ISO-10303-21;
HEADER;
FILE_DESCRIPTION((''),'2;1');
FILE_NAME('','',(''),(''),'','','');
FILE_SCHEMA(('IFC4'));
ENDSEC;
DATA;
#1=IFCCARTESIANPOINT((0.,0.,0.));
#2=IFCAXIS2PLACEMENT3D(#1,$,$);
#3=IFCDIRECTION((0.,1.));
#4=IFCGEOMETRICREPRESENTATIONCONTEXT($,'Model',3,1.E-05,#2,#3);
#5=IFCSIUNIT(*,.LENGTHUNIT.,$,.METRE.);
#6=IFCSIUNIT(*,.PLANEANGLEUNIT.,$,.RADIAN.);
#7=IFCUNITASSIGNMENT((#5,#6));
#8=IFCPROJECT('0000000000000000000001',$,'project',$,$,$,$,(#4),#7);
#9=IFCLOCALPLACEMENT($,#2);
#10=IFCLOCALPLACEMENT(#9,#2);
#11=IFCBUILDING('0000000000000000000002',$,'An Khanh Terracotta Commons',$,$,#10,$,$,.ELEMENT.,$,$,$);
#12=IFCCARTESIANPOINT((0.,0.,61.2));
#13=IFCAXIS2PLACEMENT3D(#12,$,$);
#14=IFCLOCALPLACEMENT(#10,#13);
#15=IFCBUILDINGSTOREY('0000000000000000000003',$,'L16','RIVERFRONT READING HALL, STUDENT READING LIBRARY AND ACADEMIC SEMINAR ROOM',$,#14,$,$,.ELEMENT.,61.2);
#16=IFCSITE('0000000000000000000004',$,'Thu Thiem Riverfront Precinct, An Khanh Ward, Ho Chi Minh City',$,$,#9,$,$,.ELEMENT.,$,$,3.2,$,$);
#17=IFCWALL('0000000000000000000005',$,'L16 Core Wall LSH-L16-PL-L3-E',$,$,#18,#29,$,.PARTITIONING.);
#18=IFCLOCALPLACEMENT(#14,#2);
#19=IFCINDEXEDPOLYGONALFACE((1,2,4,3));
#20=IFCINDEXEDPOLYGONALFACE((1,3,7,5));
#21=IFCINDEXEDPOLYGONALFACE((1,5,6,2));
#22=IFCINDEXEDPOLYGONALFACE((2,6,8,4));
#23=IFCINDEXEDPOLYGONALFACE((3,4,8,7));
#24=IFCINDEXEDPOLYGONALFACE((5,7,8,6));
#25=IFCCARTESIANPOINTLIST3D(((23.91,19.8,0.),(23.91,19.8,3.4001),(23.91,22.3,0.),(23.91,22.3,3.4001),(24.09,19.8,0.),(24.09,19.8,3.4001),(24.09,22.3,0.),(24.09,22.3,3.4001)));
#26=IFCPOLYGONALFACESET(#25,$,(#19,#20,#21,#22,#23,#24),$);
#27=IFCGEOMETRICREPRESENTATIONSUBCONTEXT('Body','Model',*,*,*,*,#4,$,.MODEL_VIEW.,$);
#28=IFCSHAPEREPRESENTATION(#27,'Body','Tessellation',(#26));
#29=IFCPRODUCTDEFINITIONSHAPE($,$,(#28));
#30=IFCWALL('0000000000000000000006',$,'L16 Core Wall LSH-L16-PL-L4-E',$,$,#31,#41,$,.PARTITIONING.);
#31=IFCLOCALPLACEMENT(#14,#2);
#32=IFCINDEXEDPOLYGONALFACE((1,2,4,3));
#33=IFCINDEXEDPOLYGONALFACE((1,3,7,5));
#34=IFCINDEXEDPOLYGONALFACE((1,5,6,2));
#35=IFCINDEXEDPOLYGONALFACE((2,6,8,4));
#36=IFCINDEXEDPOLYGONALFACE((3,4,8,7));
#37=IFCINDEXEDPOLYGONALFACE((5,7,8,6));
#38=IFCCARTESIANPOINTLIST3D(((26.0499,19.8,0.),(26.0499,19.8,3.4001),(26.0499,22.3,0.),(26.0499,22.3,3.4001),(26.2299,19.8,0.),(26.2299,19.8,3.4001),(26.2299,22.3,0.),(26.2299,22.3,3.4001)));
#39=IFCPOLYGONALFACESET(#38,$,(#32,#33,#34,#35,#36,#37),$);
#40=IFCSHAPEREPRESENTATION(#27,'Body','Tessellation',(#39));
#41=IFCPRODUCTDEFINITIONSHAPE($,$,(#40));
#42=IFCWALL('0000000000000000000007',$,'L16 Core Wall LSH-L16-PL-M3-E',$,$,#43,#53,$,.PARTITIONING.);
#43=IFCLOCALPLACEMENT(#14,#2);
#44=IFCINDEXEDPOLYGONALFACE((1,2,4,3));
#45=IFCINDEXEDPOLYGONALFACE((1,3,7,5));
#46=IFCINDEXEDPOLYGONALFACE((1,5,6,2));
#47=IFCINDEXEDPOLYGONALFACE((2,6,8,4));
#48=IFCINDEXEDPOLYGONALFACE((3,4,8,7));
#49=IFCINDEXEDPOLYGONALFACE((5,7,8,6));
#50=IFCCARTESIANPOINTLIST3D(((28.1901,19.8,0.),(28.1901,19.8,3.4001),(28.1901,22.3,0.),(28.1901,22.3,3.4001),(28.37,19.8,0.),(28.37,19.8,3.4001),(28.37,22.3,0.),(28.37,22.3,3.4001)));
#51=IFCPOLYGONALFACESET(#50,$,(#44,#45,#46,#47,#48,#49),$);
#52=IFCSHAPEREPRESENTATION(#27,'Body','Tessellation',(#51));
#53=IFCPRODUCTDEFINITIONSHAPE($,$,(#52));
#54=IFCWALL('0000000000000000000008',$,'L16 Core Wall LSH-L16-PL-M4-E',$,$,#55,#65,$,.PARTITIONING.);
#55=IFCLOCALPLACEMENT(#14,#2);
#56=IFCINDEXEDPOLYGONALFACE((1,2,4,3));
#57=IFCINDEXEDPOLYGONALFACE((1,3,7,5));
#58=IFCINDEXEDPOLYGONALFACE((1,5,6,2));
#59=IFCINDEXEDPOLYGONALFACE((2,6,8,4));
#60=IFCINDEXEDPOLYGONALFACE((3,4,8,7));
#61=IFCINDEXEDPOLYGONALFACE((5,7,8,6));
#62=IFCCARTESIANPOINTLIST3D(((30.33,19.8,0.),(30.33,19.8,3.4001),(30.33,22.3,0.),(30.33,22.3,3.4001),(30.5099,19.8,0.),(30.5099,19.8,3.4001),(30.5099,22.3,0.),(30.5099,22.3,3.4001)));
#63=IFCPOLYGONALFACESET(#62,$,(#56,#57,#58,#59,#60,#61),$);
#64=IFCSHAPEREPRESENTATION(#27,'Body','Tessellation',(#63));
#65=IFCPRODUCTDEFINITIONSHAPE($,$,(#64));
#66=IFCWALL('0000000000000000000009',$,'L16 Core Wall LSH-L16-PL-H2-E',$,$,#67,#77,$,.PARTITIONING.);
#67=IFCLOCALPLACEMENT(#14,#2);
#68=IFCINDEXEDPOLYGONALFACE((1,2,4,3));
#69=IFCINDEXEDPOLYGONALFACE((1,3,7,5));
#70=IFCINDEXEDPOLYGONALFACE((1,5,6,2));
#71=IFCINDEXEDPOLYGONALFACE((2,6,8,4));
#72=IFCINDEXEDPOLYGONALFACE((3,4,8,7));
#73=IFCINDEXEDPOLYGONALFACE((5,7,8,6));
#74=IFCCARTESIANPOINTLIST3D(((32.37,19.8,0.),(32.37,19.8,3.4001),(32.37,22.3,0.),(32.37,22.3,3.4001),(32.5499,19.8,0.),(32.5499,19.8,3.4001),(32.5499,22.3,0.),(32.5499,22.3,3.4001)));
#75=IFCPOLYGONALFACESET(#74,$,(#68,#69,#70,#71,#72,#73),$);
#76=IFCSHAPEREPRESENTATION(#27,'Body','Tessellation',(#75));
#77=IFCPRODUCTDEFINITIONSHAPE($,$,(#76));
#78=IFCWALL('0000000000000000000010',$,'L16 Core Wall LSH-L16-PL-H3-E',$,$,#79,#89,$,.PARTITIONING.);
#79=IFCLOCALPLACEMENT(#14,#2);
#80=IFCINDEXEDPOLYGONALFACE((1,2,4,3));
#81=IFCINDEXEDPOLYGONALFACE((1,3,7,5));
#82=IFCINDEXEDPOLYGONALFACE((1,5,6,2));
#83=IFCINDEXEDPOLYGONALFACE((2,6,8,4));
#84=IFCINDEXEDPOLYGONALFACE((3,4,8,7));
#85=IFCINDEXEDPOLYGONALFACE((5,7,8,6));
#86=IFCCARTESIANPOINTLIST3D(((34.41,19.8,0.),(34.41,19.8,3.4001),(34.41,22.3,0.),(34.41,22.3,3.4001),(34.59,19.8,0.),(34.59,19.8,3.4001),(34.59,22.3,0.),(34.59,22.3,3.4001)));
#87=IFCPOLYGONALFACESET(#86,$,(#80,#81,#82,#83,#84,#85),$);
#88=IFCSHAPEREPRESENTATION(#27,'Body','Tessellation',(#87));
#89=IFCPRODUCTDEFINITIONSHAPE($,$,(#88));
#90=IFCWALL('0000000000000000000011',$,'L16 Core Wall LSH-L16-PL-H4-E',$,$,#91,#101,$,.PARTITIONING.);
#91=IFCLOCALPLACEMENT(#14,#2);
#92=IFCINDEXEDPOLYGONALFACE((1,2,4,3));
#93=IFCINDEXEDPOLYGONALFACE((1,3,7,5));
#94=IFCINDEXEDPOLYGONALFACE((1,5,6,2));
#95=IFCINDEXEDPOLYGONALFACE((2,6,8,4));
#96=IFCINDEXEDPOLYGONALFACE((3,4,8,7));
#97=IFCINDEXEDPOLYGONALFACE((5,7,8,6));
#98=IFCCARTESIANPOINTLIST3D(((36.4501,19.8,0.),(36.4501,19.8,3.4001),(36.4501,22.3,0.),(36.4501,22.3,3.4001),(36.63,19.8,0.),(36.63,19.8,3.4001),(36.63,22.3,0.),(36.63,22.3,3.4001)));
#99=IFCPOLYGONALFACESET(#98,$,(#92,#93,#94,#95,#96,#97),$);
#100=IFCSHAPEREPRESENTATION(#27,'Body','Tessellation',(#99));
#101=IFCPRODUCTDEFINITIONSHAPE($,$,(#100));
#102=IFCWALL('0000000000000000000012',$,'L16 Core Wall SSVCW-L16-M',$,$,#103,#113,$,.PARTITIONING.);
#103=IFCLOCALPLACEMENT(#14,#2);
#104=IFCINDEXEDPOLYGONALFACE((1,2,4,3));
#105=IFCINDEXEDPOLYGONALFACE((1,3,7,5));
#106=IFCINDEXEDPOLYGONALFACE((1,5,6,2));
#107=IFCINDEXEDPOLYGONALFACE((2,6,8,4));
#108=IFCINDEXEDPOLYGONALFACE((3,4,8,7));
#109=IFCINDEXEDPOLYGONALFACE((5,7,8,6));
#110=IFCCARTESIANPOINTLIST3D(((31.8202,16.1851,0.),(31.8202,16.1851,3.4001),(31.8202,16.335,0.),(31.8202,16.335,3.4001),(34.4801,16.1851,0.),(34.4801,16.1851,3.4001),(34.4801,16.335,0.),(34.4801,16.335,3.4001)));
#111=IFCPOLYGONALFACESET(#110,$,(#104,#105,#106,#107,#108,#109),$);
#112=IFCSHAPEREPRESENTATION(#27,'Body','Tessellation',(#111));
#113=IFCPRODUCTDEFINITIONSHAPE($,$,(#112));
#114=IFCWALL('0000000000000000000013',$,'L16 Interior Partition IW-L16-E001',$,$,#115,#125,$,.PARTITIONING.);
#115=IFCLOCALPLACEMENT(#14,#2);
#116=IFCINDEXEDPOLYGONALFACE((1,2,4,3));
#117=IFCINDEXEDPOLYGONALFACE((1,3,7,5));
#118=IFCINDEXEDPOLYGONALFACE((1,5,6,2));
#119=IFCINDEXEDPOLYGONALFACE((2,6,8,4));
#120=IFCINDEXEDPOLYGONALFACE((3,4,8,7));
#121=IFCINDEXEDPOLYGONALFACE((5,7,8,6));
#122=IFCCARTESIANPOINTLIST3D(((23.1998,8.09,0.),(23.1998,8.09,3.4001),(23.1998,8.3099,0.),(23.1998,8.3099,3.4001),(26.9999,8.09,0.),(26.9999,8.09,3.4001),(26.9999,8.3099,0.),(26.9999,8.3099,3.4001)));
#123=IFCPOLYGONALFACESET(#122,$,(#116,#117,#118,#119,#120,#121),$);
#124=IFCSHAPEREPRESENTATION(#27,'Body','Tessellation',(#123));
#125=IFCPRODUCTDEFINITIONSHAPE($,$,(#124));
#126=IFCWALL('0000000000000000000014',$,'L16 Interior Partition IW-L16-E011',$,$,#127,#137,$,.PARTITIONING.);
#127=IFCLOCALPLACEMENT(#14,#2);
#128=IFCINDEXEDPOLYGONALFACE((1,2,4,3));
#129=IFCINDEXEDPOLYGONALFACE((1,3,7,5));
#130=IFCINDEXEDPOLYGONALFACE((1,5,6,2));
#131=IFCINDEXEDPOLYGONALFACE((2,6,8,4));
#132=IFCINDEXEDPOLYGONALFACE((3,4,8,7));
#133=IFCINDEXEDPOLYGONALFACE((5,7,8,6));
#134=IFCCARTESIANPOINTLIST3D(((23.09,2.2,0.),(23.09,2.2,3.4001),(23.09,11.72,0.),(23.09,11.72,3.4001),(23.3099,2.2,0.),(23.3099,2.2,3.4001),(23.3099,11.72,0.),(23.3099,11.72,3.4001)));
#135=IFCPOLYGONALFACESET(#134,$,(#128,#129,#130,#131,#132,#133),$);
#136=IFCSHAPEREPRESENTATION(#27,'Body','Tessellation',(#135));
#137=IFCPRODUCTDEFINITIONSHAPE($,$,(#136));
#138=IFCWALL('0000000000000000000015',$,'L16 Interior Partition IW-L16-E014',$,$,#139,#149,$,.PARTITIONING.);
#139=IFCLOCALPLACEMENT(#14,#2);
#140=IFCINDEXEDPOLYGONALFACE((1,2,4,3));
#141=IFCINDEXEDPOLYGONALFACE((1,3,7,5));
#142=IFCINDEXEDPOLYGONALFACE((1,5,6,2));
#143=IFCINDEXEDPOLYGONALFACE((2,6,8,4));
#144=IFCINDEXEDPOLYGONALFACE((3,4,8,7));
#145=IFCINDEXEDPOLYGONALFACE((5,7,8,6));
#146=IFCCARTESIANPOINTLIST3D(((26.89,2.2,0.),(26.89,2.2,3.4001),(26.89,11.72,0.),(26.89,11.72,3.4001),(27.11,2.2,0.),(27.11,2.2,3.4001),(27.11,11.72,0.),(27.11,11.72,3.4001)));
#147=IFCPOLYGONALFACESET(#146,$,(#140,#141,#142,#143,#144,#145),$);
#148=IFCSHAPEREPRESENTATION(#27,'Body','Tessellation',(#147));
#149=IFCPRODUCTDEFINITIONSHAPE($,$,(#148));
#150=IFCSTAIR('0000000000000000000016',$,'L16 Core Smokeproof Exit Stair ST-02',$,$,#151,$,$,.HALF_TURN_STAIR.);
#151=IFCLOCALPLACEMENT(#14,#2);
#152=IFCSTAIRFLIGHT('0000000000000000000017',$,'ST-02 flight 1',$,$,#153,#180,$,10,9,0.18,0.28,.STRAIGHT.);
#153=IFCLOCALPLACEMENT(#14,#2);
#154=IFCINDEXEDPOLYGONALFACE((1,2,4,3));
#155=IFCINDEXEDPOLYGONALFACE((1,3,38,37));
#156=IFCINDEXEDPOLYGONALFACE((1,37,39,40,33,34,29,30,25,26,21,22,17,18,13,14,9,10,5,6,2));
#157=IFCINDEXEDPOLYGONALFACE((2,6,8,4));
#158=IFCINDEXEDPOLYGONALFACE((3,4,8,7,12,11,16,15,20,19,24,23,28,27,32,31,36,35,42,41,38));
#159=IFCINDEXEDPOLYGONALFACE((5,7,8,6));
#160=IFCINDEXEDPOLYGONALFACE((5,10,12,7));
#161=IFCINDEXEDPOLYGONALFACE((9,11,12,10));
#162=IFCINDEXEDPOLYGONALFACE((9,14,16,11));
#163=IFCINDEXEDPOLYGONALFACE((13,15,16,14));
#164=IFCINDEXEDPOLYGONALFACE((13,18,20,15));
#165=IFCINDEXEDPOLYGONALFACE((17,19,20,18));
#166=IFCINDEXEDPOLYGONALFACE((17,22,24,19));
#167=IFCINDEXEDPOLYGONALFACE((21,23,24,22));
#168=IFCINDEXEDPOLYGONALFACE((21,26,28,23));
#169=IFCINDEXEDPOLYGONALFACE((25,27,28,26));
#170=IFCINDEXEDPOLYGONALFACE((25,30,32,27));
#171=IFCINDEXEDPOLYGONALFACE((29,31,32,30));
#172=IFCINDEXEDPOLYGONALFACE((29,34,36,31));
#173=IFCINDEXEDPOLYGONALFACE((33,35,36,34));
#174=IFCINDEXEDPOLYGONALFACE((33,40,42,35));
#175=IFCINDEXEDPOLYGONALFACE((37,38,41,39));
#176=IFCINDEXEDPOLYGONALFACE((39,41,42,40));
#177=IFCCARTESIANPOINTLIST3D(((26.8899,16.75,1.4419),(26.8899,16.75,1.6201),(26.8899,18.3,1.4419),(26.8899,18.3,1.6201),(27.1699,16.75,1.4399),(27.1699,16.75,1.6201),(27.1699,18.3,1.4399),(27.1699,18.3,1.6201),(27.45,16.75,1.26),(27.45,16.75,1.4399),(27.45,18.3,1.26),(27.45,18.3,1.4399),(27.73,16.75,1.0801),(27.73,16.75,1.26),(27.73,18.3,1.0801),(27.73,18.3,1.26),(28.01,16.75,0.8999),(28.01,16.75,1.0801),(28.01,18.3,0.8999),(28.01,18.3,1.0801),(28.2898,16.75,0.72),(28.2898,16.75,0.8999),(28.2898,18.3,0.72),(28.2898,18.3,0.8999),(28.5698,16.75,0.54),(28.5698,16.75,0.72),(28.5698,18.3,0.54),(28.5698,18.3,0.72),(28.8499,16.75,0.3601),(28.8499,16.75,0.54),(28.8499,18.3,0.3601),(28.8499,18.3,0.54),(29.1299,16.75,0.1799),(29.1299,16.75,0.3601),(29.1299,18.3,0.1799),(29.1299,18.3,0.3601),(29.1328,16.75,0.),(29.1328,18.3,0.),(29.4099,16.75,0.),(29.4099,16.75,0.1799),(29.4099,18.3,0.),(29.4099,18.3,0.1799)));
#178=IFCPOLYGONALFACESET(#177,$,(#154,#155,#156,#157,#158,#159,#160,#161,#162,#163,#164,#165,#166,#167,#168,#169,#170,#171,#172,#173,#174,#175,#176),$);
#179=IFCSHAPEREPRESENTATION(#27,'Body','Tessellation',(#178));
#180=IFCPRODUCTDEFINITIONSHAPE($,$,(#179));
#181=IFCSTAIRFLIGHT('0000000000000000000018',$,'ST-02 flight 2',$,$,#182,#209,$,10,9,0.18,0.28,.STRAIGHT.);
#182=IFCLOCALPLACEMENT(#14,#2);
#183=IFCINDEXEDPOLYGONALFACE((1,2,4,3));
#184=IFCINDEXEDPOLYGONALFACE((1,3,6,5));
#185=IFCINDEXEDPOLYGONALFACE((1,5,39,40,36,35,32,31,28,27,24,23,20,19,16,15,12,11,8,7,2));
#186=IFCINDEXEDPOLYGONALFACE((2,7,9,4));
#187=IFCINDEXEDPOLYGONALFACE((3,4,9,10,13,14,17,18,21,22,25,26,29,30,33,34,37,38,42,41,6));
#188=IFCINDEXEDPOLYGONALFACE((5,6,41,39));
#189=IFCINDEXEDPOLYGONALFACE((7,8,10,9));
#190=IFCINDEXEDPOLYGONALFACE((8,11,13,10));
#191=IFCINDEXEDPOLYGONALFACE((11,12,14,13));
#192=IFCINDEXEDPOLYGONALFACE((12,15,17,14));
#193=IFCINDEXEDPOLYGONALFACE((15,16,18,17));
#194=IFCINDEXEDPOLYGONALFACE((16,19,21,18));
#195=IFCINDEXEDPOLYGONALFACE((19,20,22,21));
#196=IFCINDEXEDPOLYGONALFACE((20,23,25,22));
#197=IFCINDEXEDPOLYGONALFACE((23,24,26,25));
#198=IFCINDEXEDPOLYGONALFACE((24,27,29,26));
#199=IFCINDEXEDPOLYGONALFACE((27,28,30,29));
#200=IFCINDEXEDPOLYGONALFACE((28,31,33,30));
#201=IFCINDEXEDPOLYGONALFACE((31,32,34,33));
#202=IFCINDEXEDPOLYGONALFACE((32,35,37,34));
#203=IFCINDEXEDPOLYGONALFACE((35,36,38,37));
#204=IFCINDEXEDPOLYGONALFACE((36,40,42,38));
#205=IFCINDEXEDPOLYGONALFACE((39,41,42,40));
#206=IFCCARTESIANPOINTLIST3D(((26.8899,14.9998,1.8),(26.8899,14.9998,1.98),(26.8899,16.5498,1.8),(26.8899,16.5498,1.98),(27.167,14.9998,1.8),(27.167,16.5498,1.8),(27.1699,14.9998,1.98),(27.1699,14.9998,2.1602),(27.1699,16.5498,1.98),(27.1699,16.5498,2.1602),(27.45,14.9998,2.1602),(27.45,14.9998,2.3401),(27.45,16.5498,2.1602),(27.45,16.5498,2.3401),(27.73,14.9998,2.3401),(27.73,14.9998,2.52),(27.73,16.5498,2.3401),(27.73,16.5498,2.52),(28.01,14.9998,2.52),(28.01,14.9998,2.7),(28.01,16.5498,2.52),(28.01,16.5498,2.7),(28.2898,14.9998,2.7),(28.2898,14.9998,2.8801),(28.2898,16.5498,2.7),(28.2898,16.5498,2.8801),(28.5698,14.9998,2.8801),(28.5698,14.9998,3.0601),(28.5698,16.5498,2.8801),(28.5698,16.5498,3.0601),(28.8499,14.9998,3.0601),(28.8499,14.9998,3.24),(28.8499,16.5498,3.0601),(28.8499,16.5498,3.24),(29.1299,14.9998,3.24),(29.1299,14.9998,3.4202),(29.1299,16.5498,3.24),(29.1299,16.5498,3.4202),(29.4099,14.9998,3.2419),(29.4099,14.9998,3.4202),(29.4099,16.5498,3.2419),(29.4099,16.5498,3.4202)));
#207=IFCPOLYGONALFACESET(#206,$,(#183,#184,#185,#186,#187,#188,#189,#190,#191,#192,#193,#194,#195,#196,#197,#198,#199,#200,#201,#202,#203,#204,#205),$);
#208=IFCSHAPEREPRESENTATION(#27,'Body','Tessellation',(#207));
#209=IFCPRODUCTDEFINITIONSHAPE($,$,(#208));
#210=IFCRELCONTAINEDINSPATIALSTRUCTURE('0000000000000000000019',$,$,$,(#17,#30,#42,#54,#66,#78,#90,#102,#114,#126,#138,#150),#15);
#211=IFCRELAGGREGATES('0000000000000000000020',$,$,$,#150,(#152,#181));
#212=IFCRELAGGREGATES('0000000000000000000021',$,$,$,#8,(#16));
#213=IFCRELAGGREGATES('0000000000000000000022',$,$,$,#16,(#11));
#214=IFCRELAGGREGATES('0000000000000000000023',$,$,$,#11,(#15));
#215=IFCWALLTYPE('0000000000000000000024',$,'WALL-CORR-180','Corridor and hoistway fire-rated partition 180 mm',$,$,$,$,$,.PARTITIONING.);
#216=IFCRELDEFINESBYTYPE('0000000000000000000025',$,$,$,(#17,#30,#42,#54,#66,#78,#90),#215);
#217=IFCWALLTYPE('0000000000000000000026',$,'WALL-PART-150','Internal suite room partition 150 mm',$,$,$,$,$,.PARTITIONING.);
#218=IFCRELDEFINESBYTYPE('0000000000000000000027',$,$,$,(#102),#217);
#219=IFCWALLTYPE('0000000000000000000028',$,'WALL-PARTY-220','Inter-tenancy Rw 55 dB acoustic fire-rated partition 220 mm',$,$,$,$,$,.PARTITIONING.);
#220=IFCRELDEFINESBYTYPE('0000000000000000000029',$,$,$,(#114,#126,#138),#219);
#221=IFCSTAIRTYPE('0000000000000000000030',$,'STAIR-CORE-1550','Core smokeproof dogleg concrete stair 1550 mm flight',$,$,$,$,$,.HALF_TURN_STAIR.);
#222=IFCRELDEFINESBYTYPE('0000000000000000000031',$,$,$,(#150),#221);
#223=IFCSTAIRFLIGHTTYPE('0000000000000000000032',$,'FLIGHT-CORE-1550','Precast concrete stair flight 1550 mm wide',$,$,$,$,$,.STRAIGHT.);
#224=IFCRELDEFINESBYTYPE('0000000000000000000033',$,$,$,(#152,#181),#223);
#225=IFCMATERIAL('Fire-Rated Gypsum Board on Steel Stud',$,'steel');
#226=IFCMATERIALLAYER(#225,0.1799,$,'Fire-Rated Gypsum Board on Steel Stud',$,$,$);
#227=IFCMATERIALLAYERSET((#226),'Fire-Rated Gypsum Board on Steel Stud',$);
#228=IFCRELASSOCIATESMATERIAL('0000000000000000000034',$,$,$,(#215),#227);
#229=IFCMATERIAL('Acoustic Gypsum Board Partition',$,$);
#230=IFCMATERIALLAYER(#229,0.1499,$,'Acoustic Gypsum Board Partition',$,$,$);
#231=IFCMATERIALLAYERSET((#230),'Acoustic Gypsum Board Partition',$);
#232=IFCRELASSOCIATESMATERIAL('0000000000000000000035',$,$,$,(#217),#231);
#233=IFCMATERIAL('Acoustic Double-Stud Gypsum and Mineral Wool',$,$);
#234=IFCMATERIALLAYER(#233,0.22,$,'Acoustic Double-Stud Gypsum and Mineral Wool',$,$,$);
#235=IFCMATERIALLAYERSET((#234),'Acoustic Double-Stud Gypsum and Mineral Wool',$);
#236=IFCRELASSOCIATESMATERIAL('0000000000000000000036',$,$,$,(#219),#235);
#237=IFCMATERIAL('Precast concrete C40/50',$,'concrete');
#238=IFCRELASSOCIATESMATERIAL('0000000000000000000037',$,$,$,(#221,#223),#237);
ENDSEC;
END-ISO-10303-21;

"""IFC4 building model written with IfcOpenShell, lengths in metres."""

from ifc_helpers import new_model, si_unit, direction, frame, frame_2d, origin, place, context, subcontext, project, spatial, polyline, rectangle, outline, extrude, material, layer, layer_set, type_object, element, aggregate, save


model = new_model("IFC4")

# Units and contexts
model_context = context("Model", 3, precision=1e-05, world=origin(), true_north=direction((0.0, 1.0)))
body_context = subcontext(model_context, "Body", "Model", "MODEL_VIEW")
ifc_project = project(units=[si_unit("LENGTHUNIT", "METRE"), si_unit("PLANEANGLEUNIT", "RADIAN")], contexts=[model_context])

# Site, building, storey
site_placement = place(None, origin())
site = spatial("IfcSite", under=ifc_project, at=site_placement, Name="Thu Thiem Riverfront Precinct, An Khanh Ward, Ho Chi Minh City", CompositionType="ELEMENT", RefElevation=3.2)
building_placement = place(site_placement, origin())
building = spatial("IfcBuilding", under=site, at=building_placement, Name="An Khanh Terracotta Commons", CompositionType="ELEMENT")
storey_placement = place(building_placement, frame((0.0, 0.0, 61.2)))
storey = spatial("IfcBuildingStorey", under=building, at=storey_placement, Name="L16", Description="RIVERFRONT READING HALL, STUDENT READING LIBRARY AND ACADEMIC SEMINAR ROOM", CompositionType="ELEMENT", Elevation=61.2)

# Shared definitions
ifc_material_1 = material(Name="Fire-Rated Gypsum Board on Steel Stud", Category="steel")
ifc_layer_1 = layer(ifc_material_1, 0.1799, Name="Fire-Rated Gypsum Board on Steel Stud")
ifc_layer_set_1 = layer_set([ifc_layer_1], Name="Fire-Rated Gypsum Board on Steel Stud")
wall_type_1 = type_object("IfcWallType", Name="WALL-CORR-180", Description="Corridor and hoistway fire-rated partition 180 mm", PredefinedType="PARTITIONING", material=ifc_layer_set_1)

# Walls
for number, where, z_axis, x_axis, name in (
    (1, (24.0, 19.8, 0.0), (0.0, 0.0, 1.0), (0.0, 1.0, 0.0), "L16 Core Wall LSH-L16-PL-L3-E"),
    (2, (26.1399, 19.8, 0.0), (0.0, 0.0, 1.0), (0.0, 1.0, 0.0), "L16 Core Wall LSH-L16-PL-L4-E"),
    (3, (28.28, 19.8, 0.0), (0.0, 0.0, 1.0), (0.0, 1.0, 0.0), "L16 Core Wall LSH-L16-PL-M3-E"),
    (4, (30.4199, 19.8, 0.0), (0.0, 0.0, 1.0), (0.0, 1.0, 0.0), "L16 Core Wall LSH-L16-PL-M4-E"),
    (5, (32.46, 19.8, 0.0), (0.0, 0.0, 1.0), (0.0, 1.0, 0.0), "L16 Core Wall LSH-L16-PL-H2-E"),
    (6, (34.5, 19.8, 0.0), (0.0, 0.0, 1.0), (0.0, 1.0, 0.0), "L16 Core Wall LSH-L16-PL-H3-E"),
    (7, (36.54, 19.8, 0.0), (0.0, 0.0, 1.0), (0.0, 1.0, 0.0), "L16 Core Wall LSH-L16-PL-H4-E"),
):
    element("IfcWall", number, at=place(storey_placement, frame(where, z_axis=z_axis, x_axis=x_axis)), inside=storey, type_object=wall_type_1, Name=name, PredefinedType="PARTITIONING", context=body_context, shape_type="SweptSolid", body=[
        extrude(rectangle(XDim=2.5, YDim=0.1799, at=frame_2d((1.25, 0.0))), origin(), (0.0, 0.0, 1.0), 3.4001),
    ])
ifc_material_2 = material(Name="Acoustic Gypsum Board Partition")
ifc_layer_2 = layer(ifc_material_2, 0.1499, Name="Acoustic Gypsum Board Partition")
ifc_layer_set_2 = layer_set([ifc_layer_2], Name="Acoustic Gypsum Board Partition")
wall_type_2 = type_object("IfcWallType", Name="WALL-PART-150", Description="Internal suite room partition 150 mm", PredefinedType="PARTITIONING", material=ifc_layer_set_2)
wall_1_placement = place(storey_placement, frame((31.8201, 16.26, 0.0), z_axis=(0.0, 0.0, 1.0), x_axis=(1.0, 0.0, 0.0)))
element("IfcWall", 8, at=wall_1_placement, inside=storey, type_object=wall_type_2, Name="L16 Core Wall SSVCW-L16-M", PredefinedType="PARTITIONING", context=body_context, shape_type="SweptSolid", body=[
    extrude(rectangle(XDim=2.6599, YDim=0.1499, at=frame_2d((1.3301, 0.0))), origin(), (0.0, 0.0, 1.0), 3.4001),
])
ifc_material_3 = material(Name="Acoustic Double-Stud Gypsum and Mineral Wool")
ifc_layer_3 = layer(ifc_material_3, 0.22, Name="Acoustic Double-Stud Gypsum and Mineral Wool")
ifc_layer_set_3 = layer_set([ifc_layer_3], Name="Acoustic Double-Stud Gypsum and Mineral Wool")
wall_type_3 = type_object("IfcWallType", Name="WALL-PARTY-220", Description="Inter-tenancy Rw 55 dB acoustic fire-rated partition 220 mm", PredefinedType="PARTITIONING", material=ifc_layer_set_3)
wall_2_placement = place(storey_placement, frame((23.2, 8.2, 0.0), z_axis=(0.0, 0.0, 1.0), x_axis=(1.0, 0.0, 0.0)))
element("IfcWall", 9, at=wall_2_placement, inside=storey, type_object=wall_type_3, Name="L16 Interior Partition IW-L16-E001", PredefinedType="PARTITIONING", context=body_context, shape_type="SweptSolid", body=[
    extrude(rectangle(XDim=3.8, YDim=0.22, at=frame_2d((1.8999, 0.0))), origin(), (0.0, 0.0, 1.0), 3.4001),
])
for number, where, z_axis, x_axis, name in (
    (10, (23.2, 2.2, 0.0), (0.0, 0.0, 1.0), (0.0, 1.0, 0.0), "L16 Interior Partition IW-L16-E011"),
    (11, (27.0, 2.2, 0.0), (0.0, 0.0, 1.0), (0.0, 1.0, 0.0), "L16 Interior Partition IW-L16-E014"),
):
    element("IfcWall", number, at=place(storey_placement, frame(where, z_axis=z_axis, x_axis=x_axis)), inside=storey, type_object=wall_type_3, Name=name, PredefinedType="PARTITIONING", context=body_context, shape_type="SweptSolid", body=[
        extrude(rectangle(XDim=9.52, YDim=0.22, at=frame_2d((4.76, 0.0))), origin(), (0.0, 0.0, 1.0), 3.4001),
    ])

# Stair, stair flights
ifc_material_4 = material(Name="Precast concrete C40/50", Category="concrete")
stair_type = type_object("IfcStairType", Name="STAIR-CORE-1550", Description="Core smokeproof dogleg concrete stair 1550 mm flight", PredefinedType="HALF_TURN_STAIR", material=ifc_material_4)
stair_placement = place(storey_placement, origin())
stair = element("IfcStair", 12, at=stair_placement, inside=storey, type_object=stair_type, Name="L16 Core Smokeproof Exit Stair ST-02", PredefinedType="HALF_TURN_STAIR")
stair_flight_type = type_object("IfcStairFlightType", Name="FLIGHT-CORE-1550", Description="Precast concrete stair flight 1550 mm wide", PredefinedType="STRAIGHT", material=ifc_material_4)
stair_flight_1_placement = place(storey_placement, frame((29.4099, 17.5249, 0.0), z_axis=(0.0, 0.0, 1.0), x_axis=(-1.0, 0.0, 0.0)))
stair_flight_1 = element("IfcStairFlight", 13, at=stair_flight_1_placement, type_object=stair_flight_type, Name="ST-02 flight 1", NumberOfRisers=10, NumberOfTreads=9, PredefinedType="STRAIGHT", RiserHeight=0.18, TreadLength=0.28, context=body_context, shape_type="SweptSolid", body=[
    extrude(outline(polyline([(0.0, 0.0), (0.0, 0.1799), (0.28, 0.1799), (0.28, 0.3601), (0.5601, 0.3601), (0.5601, 0.54), (0.8401, 0.54), (0.8401, 0.72), (1.1201, 0.72), (1.1201, 0.8999), (1.3999, 0.8999), (1.3999, 1.0801), (1.6799, 1.0801), (1.6799, 1.26), (1.96, 1.26), (1.96, 1.4399), (2.24, 1.4399), (2.24, 1.6201), (2.52, 1.6201), (2.52, 1.8), (2.52, 1.4419), (0.2771, 0.0), (0.0, 0.0)])), frame((0.0, 0.7749, 0.0), z_axis=(0.0, -1.0, 0.0), x_axis=(1.0, 0.0, 0.0)), (0.0, 0.0, 1.0), 1.55),
])
stair_flight_2_placement = place(storey_placement, frame((26.8899, 15.7749, 1.8), z_axis=(0.0, 0.0, 1.0), x_axis=(1.0, 0.0, 0.0)))
stair_flight_2 = element("IfcStairFlight", 14, at=stair_flight_2_placement, type_object=stair_flight_type, Name="ST-02 flight 2", NumberOfRisers=10, NumberOfTreads=9, PredefinedType="STRAIGHT", RiserHeight=0.18, TreadLength=0.28, context=body_context, shape_type="SweptSolid", body=[
    extrude(outline(polyline([(0.0, 0.0), (0.0, 0.1799), (0.28, 0.1799), (0.28, 0.3601), (0.5601, 0.3601), (0.5601, 0.54), (0.8401, 0.54), (0.8401, 0.72), (1.1201, 0.72), (1.1201, 0.8999), (1.3999, 0.8999), (1.3999, 1.0801), (1.6799, 1.0801), (1.6799, 1.26), (1.96, 1.26), (1.96, 1.4399), (2.24, 1.4399), (2.24, 1.6201), (2.52, 1.6201), (2.52, 1.8), (2.52, 1.4419), (0.2771, 0.0), (0.0, 0.0)])), frame((0.0, 0.7749, 0.0), z_axis=(0.0, -1.0, 0.0), x_axis=(1.0, 0.0, 0.0)), (0.0, 0.0, 1.0), 1.55),
])
aggregate(stair, [stair_flight_1, stair_flight_2])

save(model, "model.ifc")
